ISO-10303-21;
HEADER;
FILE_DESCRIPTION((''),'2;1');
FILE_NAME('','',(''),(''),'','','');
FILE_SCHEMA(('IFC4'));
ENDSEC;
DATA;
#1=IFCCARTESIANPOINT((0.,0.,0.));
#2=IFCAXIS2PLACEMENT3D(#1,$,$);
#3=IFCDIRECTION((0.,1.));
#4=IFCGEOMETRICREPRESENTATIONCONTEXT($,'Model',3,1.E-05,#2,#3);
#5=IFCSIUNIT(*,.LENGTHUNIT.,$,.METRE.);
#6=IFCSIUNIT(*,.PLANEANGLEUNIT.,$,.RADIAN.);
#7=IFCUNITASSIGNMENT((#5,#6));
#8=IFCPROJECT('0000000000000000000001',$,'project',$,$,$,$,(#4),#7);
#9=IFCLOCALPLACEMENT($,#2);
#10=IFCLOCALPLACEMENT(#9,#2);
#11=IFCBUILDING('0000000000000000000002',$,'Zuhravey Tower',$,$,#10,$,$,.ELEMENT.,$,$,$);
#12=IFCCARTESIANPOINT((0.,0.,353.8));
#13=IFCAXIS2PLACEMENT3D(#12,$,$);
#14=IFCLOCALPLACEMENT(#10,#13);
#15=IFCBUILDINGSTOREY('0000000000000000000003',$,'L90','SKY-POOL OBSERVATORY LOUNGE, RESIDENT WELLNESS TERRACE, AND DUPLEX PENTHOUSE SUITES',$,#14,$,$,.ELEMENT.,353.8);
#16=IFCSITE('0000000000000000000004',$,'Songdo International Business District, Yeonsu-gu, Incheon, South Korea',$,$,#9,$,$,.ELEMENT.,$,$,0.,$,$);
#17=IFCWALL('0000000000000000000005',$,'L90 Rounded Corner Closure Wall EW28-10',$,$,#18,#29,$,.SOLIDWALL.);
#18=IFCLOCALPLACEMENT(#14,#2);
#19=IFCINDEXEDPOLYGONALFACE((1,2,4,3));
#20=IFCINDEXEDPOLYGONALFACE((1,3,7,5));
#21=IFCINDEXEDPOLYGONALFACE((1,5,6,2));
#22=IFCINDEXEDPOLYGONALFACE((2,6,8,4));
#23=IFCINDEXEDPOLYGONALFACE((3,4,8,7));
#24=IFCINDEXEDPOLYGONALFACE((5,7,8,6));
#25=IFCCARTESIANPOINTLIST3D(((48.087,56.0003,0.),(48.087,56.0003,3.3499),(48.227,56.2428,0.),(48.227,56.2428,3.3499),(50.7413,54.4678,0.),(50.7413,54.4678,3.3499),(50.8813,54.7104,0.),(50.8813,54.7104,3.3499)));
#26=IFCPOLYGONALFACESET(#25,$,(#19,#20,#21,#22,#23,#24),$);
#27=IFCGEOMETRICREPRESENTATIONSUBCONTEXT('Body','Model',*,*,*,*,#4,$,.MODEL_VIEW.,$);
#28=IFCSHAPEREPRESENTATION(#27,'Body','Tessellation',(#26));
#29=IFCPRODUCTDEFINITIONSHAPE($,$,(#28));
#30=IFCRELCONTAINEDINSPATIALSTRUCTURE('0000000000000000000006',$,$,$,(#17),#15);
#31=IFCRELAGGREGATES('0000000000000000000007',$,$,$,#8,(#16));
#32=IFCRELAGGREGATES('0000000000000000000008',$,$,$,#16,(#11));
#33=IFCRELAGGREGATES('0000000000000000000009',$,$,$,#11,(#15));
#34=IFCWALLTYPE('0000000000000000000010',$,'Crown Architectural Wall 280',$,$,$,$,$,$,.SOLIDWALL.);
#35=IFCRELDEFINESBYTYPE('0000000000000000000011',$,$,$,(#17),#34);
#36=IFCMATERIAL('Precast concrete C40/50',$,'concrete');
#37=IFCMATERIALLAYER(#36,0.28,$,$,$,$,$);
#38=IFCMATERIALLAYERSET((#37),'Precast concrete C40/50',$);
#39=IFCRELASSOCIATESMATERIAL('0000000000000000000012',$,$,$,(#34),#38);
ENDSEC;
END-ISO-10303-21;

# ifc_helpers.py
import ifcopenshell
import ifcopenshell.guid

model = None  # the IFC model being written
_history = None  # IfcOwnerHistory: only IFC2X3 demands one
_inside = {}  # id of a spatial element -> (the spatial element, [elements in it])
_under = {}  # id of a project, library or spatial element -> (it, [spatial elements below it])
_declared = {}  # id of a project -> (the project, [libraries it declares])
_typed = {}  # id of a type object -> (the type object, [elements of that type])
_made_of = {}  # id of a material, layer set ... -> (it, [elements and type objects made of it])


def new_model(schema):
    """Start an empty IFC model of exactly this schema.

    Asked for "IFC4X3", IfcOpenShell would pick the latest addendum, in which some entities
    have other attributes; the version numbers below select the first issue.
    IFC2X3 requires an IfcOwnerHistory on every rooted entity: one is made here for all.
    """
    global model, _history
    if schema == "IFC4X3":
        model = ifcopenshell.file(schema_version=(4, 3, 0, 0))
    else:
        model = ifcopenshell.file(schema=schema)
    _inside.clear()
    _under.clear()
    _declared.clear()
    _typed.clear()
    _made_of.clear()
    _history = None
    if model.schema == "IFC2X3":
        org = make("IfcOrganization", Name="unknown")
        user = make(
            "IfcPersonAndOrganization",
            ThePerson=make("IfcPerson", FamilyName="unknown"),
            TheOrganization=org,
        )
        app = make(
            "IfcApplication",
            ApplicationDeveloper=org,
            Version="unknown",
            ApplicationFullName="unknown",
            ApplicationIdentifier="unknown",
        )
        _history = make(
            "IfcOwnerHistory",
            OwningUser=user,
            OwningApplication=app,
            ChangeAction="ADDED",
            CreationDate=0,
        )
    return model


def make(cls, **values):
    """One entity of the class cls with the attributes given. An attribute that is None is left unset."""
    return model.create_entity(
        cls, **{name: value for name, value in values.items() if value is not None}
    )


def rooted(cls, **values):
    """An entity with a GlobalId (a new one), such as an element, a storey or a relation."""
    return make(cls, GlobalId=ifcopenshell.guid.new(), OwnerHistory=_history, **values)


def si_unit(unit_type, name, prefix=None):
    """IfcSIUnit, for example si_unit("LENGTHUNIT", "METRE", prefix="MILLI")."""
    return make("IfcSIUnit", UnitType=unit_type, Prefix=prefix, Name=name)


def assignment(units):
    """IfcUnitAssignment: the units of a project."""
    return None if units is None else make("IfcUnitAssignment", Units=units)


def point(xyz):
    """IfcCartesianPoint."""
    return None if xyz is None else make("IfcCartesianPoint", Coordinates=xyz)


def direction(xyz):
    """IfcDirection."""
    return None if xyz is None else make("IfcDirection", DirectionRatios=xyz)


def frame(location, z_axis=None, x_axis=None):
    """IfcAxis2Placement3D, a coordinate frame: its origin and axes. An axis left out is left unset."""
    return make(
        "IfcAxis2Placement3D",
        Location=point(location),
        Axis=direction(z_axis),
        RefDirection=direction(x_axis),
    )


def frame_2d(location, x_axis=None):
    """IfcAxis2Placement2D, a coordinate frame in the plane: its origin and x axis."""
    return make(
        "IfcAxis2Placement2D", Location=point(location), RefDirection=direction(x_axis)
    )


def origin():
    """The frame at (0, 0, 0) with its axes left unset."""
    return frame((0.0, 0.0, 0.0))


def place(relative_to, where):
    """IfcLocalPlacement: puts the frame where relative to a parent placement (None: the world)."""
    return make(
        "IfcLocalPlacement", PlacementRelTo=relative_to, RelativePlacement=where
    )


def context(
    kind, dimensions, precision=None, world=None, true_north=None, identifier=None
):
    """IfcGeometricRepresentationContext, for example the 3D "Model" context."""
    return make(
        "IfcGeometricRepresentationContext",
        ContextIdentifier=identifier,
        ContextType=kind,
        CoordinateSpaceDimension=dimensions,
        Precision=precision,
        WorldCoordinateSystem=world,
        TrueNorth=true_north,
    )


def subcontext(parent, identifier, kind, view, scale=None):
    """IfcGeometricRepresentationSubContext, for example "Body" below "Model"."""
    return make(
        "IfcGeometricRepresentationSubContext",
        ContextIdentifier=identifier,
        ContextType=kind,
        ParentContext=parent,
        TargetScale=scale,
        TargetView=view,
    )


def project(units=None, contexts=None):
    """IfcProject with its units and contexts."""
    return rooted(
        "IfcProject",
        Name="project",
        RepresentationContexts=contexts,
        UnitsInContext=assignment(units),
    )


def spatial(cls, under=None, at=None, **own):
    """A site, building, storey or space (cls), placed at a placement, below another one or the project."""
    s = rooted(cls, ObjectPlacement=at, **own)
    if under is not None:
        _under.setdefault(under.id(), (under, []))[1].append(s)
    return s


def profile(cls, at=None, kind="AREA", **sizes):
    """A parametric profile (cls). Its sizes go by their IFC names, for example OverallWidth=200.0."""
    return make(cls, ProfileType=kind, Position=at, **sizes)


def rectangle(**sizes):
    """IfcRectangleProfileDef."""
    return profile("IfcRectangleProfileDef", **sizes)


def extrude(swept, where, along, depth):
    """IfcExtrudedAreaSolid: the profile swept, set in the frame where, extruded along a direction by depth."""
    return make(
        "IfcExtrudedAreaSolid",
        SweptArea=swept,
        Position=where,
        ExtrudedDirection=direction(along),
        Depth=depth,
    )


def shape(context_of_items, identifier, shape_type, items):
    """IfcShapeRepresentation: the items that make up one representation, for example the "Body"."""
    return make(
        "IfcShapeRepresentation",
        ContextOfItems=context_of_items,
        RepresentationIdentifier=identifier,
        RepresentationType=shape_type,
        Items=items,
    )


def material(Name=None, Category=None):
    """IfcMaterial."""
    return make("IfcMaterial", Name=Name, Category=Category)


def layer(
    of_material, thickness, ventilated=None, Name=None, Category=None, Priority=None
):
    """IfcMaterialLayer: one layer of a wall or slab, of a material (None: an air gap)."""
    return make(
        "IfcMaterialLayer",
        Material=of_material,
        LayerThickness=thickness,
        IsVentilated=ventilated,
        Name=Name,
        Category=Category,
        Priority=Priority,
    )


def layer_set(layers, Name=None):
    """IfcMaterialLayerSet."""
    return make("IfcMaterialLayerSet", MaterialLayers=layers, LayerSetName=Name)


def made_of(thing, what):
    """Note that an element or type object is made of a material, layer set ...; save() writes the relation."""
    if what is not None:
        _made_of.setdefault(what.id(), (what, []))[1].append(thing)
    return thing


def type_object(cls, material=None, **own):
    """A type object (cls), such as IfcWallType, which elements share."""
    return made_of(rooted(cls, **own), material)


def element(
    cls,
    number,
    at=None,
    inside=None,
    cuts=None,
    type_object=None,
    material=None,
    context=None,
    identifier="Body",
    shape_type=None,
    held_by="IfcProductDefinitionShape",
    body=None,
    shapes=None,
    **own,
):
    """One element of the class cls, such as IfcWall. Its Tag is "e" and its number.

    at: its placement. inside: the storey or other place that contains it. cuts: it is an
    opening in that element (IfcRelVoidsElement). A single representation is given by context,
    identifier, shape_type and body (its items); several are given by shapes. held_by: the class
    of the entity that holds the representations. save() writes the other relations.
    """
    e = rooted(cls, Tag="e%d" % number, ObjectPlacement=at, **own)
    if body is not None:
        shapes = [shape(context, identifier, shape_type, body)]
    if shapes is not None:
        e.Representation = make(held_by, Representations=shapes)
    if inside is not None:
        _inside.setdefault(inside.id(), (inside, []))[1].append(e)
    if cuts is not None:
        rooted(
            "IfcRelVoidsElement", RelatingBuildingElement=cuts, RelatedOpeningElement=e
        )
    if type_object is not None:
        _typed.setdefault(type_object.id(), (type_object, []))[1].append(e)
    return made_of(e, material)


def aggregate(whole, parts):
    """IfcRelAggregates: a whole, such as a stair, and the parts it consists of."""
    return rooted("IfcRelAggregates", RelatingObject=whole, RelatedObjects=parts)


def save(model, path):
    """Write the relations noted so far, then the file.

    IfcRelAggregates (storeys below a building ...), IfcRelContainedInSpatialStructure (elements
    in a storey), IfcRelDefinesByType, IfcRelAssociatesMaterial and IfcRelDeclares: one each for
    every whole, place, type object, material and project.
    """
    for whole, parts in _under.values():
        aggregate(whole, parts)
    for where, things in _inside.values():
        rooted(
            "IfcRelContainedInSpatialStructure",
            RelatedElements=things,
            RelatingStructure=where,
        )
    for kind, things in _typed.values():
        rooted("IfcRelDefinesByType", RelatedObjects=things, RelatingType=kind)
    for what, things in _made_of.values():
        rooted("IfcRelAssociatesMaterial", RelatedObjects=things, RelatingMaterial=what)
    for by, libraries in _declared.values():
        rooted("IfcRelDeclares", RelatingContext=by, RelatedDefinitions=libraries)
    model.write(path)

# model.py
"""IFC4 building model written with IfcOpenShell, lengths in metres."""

from ifc_helpers import new_model, si_unit, direction, frame, frame_2d, origin, place, context, subcontext, project, spatial, rectangle, extrude, material, layer, layer_set, type_object, element, save


model = new_model("IFC4")

# Units and contexts
model_context = context("Model", 3, precision=1e-05, world=origin(), true_north=direction((0.0, 1.0)))
body_context = subcontext(model_context, "Body", "Model", "MODEL_VIEW")
ifc_project = project(units=[si_unit("LENGTHUNIT", "METRE"), si_unit("PLANEANGLEUNIT", "RADIAN")], contexts=[model_context])

# Site, building, storey
site_placement = place(None, origin())
site = spatial("IfcSite", under=ifc_project, at=site_placement, Name="Songdo International Business District, Yeonsu-gu, Incheon, South Korea", CompositionType="ELEMENT", RefElevation=0.0)
building_placement = place(site_placement, origin())
building = spatial("IfcBuilding", under=site, at=building_placement, Name="Zuhravey Tower", CompositionType="ELEMENT")
storey_placement = place(building_placement, frame((0.0, 0.0, 353.8)))
storey = spatial("IfcBuildingStorey", under=building, at=storey_placement, Name="L90", Description="SKY-POOL OBSERVATORY LOUNGE, RESIDENT WELLNESS TERRACE, AND DUPLEX PENTHOUSE SUITES", CompositionType="ELEMENT", Elevation=353.8)

# Wall
ifc_material_1 = material(Name="Precast concrete C40/50", Category="concrete")
ifc_layer_1 = layer(ifc_material_1, 0.28)
ifc_layer_set_1 = layer_set([ifc_layer_1], Name="Precast concrete C40/50")
wall_type_1 = type_object("IfcWallType", Name="Crown Architectural Wall 280", PredefinedType="SOLIDWALL", material=ifc_layer_set_1)
wall_1_placement = place(storey_placement, frame((48.157, 56.1216, 0.0), z_axis=(0.0, 0.0, 1.0), x_axis=(0.866024, -0.500003, 0.0)))
element("IfcWall", 1, at=wall_1_placement, inside=storey, type_object=wall_type_1, Name="L90 Rounded Corner Closure Wall EW28-10", PredefinedType="SOLIDWALL", context=body_context, shape_type="SweptSolid", body=[
    extrude(rectangle(XDim=3.0649, YDim=0.28, at=frame_2d((1.5325, 0.0))), origin(), (0.0, 0.0, 1.0), 3.3499),
])

save(model, "model.ifc")
